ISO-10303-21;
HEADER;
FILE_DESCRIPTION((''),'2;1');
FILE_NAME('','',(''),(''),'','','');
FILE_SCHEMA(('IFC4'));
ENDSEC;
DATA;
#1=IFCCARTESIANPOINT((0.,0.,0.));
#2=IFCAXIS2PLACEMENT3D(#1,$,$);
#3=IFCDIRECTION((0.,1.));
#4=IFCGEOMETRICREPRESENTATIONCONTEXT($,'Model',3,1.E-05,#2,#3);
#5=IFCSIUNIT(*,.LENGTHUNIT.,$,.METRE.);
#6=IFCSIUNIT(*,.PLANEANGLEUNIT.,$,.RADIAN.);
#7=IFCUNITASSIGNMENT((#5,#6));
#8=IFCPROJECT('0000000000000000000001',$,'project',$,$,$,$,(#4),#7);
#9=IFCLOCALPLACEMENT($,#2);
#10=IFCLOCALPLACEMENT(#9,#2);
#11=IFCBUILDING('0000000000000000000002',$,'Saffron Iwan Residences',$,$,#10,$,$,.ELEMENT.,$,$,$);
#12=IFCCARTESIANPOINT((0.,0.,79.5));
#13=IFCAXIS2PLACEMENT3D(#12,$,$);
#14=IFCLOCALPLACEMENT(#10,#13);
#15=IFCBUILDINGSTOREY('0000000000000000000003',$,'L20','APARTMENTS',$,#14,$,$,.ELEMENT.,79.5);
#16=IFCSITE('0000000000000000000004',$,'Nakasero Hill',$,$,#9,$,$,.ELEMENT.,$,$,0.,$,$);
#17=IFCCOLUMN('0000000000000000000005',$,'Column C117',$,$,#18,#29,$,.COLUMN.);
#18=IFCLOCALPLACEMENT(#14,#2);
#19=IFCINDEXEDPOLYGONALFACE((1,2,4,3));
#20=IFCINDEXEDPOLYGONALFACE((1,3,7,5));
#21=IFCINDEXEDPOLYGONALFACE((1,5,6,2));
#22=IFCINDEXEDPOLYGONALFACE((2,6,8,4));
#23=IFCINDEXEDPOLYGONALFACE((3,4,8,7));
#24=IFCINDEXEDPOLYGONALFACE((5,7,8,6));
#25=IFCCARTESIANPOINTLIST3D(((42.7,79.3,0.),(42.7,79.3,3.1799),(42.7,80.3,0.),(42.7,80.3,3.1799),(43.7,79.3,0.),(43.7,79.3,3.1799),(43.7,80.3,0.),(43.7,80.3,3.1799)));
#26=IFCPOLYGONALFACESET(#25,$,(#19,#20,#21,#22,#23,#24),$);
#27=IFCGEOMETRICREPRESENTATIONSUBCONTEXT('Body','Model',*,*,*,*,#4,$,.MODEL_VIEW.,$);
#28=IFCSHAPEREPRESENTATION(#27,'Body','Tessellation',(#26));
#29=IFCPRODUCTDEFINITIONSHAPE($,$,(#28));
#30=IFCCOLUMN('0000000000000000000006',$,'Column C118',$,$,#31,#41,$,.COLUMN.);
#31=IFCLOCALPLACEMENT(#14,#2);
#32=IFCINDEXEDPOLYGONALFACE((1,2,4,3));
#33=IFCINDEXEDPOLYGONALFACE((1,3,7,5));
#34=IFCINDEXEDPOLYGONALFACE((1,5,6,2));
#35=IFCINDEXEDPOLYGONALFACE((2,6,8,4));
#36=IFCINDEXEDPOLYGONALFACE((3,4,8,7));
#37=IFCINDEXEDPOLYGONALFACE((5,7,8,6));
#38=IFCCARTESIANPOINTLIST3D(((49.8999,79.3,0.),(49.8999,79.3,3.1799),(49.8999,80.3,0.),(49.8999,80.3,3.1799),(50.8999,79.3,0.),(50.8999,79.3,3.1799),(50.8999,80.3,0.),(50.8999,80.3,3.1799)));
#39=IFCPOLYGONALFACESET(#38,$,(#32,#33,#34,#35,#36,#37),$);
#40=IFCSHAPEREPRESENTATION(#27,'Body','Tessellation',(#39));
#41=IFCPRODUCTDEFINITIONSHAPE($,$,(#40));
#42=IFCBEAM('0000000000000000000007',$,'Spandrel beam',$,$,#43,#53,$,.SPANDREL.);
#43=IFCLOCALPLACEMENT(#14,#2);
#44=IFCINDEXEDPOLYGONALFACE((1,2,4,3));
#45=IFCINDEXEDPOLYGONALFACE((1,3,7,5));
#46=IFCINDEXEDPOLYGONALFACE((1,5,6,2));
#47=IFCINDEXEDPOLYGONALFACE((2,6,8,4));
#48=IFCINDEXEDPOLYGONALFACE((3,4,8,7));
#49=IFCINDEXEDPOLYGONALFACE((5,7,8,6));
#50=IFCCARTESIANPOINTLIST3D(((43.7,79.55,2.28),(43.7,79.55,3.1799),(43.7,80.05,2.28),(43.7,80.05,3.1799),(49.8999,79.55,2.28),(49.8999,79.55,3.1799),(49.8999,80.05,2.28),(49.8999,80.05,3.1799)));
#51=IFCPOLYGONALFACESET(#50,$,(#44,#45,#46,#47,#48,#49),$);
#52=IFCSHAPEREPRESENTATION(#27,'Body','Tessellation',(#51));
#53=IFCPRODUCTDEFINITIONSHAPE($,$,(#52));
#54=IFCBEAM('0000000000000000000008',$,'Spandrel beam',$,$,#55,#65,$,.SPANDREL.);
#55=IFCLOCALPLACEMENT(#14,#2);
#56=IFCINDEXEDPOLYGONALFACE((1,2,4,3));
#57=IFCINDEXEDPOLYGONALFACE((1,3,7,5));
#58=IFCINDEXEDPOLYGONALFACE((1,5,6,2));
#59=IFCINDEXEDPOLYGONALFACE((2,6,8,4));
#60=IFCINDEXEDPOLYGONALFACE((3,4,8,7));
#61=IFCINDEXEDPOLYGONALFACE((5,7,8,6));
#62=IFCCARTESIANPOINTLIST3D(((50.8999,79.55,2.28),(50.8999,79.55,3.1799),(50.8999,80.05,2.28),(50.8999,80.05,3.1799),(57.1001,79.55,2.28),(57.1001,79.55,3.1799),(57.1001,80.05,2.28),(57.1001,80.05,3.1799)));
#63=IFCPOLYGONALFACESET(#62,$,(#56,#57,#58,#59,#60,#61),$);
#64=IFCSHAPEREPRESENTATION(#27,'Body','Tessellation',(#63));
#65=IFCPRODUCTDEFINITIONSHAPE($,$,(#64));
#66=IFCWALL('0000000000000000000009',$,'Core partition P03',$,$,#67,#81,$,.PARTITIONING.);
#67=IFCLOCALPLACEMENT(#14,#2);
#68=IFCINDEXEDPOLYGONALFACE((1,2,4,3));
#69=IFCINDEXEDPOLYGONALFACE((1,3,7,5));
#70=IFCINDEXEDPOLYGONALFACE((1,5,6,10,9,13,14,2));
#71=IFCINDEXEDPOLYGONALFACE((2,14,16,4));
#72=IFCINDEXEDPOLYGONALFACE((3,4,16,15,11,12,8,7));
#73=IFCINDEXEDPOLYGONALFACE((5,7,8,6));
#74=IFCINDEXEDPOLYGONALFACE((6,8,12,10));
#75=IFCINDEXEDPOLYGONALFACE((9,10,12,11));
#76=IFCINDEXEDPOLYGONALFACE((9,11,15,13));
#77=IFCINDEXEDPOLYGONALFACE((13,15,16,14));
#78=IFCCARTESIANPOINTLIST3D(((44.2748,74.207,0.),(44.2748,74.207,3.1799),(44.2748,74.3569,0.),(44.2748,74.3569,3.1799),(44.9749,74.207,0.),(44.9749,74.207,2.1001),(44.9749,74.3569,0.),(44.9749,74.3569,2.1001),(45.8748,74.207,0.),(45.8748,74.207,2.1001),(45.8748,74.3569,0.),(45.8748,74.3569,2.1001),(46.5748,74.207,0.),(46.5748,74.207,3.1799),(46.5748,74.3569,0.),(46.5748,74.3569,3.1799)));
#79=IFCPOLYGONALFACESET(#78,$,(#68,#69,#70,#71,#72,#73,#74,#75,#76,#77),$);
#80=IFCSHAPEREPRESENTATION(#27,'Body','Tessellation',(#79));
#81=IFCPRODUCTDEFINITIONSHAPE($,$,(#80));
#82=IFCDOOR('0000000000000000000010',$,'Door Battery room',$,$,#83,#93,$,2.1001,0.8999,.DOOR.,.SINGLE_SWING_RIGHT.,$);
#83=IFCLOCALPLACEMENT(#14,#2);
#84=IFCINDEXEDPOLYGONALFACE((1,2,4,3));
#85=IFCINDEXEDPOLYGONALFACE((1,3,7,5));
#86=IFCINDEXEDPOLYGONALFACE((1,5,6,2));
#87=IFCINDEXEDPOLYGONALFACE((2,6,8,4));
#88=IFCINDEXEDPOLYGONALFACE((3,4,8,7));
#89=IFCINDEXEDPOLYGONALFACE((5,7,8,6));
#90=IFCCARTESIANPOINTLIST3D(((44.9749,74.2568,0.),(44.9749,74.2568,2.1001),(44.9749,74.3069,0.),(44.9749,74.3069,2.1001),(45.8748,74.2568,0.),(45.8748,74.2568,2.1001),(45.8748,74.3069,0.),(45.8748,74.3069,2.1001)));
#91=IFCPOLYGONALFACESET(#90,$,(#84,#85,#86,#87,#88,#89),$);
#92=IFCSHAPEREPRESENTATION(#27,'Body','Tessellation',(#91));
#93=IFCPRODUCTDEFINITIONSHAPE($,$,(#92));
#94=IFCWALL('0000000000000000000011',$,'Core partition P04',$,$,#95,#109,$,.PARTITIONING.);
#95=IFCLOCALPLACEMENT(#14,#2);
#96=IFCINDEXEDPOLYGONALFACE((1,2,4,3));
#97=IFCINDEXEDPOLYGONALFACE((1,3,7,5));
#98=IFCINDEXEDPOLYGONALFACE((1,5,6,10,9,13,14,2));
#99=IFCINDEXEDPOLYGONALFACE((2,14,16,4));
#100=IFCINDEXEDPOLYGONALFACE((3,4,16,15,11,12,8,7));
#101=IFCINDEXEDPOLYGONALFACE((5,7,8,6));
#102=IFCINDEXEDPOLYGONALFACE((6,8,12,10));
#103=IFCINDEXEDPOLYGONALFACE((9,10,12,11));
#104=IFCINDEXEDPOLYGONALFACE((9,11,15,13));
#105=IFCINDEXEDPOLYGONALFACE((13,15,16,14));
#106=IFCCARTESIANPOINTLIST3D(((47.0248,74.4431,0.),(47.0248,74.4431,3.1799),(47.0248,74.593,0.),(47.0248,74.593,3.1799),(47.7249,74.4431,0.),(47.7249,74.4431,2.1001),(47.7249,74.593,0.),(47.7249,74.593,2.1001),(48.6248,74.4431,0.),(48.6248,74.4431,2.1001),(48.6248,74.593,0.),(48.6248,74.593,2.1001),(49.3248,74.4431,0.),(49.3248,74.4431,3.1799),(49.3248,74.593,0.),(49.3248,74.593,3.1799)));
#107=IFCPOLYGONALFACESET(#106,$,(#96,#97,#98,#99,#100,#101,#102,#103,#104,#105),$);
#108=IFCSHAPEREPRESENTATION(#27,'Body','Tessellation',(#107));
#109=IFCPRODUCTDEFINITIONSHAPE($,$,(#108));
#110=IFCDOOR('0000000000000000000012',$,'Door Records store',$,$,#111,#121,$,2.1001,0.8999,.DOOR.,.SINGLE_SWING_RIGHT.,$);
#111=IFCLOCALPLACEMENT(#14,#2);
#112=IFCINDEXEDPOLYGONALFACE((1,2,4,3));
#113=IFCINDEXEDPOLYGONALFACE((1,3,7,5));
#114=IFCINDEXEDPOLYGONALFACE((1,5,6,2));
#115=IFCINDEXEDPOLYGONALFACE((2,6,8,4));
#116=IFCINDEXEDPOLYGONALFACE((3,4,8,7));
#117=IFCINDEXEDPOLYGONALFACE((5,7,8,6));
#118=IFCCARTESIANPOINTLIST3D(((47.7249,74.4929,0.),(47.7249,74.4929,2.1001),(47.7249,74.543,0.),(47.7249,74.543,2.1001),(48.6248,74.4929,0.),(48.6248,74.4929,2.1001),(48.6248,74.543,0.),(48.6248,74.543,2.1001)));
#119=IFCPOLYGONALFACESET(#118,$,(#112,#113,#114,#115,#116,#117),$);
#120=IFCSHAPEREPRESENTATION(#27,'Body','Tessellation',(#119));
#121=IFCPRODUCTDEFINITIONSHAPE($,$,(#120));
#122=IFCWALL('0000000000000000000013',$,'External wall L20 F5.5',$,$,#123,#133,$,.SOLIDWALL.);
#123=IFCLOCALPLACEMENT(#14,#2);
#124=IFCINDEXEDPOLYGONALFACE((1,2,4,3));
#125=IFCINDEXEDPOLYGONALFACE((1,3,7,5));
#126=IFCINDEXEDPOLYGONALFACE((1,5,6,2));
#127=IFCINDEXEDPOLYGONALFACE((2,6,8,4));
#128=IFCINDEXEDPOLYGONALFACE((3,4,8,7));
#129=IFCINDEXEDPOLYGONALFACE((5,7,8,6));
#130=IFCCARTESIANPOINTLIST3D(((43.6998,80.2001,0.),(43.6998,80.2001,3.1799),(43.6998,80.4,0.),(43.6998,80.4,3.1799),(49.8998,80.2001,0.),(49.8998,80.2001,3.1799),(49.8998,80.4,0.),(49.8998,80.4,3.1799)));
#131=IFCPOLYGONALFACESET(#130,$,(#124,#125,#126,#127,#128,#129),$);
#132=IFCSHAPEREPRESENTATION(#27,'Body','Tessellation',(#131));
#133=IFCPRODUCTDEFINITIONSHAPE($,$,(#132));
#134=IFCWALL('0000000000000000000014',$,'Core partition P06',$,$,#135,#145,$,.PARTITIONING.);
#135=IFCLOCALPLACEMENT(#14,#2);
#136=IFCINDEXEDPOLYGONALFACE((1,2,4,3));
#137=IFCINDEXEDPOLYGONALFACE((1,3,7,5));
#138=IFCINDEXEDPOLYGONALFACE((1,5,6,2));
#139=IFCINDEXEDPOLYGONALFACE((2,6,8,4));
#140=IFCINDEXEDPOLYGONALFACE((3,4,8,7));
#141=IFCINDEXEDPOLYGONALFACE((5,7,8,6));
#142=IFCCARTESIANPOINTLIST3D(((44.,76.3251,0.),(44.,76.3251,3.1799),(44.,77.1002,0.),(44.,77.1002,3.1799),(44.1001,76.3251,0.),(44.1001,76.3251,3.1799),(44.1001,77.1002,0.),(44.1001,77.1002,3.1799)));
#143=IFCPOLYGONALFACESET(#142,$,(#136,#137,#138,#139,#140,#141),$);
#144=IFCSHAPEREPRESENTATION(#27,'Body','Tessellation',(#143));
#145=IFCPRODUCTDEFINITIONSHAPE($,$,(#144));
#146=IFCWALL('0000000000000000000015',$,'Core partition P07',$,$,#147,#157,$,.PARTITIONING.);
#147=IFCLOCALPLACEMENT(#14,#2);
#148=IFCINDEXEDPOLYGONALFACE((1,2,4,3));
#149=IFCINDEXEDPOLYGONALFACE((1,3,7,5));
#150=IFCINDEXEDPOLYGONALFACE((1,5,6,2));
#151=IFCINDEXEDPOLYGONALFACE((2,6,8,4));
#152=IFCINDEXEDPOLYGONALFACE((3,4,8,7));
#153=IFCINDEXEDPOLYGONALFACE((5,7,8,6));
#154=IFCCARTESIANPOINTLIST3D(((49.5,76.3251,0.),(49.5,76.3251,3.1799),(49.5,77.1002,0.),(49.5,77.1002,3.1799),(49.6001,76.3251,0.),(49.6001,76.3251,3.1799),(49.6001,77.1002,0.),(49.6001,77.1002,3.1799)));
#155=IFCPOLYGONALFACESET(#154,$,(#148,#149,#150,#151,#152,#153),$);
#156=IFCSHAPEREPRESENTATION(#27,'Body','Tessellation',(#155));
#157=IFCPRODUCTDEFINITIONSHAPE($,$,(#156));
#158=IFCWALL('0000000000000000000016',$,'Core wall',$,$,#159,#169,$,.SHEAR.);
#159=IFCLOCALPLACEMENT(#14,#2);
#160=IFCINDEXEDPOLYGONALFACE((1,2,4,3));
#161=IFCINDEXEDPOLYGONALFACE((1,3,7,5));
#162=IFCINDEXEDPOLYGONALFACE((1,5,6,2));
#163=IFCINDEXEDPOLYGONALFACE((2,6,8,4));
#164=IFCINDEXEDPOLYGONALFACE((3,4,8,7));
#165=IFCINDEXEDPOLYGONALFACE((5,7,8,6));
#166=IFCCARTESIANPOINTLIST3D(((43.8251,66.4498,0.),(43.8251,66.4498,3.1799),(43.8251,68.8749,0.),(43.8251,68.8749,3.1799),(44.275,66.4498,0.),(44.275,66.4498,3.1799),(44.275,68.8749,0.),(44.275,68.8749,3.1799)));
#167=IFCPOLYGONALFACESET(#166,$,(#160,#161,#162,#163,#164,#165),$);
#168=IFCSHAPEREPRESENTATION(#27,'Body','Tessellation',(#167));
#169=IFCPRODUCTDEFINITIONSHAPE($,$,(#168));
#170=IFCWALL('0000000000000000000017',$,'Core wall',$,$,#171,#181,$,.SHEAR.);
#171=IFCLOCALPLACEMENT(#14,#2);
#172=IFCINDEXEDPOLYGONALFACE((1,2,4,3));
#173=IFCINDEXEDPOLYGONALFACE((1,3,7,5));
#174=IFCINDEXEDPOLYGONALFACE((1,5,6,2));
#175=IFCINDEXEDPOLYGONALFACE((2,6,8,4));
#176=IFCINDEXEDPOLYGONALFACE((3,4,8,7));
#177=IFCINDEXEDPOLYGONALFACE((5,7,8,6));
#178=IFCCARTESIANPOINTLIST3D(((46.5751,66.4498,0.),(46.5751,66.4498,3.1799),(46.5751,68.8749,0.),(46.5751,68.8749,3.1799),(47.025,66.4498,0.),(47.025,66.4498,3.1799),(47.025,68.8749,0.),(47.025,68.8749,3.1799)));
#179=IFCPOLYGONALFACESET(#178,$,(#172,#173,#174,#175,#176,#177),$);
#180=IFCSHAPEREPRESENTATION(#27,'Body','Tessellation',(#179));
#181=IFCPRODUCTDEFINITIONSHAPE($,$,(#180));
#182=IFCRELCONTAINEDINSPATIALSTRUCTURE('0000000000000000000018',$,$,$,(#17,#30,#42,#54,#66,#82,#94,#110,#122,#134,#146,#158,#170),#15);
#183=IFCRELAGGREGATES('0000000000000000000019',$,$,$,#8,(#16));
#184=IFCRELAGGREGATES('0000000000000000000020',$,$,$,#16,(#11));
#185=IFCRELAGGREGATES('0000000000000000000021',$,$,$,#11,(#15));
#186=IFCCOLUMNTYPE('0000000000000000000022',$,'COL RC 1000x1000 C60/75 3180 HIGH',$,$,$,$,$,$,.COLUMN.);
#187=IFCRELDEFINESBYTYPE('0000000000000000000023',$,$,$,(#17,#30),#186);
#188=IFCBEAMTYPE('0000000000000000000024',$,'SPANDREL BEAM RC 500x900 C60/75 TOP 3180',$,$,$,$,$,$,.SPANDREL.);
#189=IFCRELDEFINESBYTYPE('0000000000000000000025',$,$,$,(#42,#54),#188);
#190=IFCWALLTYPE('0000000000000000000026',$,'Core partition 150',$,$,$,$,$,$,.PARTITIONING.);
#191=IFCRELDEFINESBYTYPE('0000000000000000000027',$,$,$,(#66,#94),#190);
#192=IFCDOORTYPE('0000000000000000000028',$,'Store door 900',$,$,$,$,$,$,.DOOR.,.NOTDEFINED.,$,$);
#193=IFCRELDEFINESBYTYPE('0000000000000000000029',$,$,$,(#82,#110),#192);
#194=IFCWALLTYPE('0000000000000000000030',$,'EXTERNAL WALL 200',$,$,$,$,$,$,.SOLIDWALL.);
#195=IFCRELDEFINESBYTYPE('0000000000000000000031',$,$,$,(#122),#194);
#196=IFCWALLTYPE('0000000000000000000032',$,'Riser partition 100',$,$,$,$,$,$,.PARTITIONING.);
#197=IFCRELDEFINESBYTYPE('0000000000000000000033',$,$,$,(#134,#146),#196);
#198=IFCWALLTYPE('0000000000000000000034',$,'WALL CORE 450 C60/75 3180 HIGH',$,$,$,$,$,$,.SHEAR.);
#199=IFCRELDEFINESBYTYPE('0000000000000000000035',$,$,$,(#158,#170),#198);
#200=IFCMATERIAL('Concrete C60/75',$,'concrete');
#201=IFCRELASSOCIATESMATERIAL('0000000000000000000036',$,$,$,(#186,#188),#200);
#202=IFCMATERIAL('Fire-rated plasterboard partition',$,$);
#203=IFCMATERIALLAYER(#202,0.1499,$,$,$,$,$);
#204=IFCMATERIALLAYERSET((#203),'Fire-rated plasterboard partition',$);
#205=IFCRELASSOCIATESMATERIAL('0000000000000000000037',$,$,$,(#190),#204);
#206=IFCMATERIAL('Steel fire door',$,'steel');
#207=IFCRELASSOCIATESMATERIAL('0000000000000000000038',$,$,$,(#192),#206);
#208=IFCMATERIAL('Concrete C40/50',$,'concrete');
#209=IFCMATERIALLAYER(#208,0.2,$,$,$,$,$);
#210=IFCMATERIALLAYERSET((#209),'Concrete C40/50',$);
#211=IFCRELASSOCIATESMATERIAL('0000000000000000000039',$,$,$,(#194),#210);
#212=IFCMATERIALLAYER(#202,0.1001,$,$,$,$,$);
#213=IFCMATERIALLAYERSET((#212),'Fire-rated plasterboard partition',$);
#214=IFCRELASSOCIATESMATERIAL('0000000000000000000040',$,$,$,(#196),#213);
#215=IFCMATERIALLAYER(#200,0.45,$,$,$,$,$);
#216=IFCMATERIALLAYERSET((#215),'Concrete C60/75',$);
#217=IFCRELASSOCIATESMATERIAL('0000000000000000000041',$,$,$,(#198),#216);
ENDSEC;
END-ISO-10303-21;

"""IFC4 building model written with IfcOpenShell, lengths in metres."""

from ifc_helpers import new_model, si_unit, direction, frame, frame_2d, origin, origin_2d, place, context, subcontext, project, spatial, rectangle, extrude, source, transform, mapped, material, layer, layer_set, material_profile, profile_set, type_object, element, fill, save


model = new_model("IFC4")

# Units and contexts
model_context = context("Model", 3, precision=1e-05, world=origin(), true_north=direction((0.0, 1.0)))
body_context = subcontext(model_context, "Body", "Model", "MODEL_VIEW")
ifc_project = project(units=[si_unit("LENGTHUNIT", "METRE"), si_unit("PLANEANGLEUNIT", "RADIAN")], contexts=[model_context])

# Site, building, storey
site_placement = place(None, origin())
site = spatial("IfcSite", under=ifc_project, at=site_placement, Name="Nakasero Hill", CompositionType="ELEMENT", RefElevation=0.0)
building_placement = place(site_placement, origin())
building = spatial("IfcBuilding", under=site, at=building_placement, Name="Saffron Iwan Residences", CompositionType="ELEMENT")
storey_placement = place(building_placement, frame((0.0, 0.0, 79.5)))
storey = spatial("IfcBuildingStorey", under=building, at=storey_placement, Name="L20", Description="APARTMENTS", CompositionType="ELEMENT", Elevation=79.5)

# Columns
ifc_material_1 = material(Name="Concrete C60/75", Category="concrete")
ifc_material_profile_1 = material_profile(ifc_material_1, rectangle(XDim=1.0, YDim=1.0, at=origin_2d()), Name="RC 1000x1000")
ifc_profile_set_1 = profile_set([ifc_material_profile_1], Name="Concrete C60/75")
column_type = type_object("IfcColumnType", Name="COL RC 1000x1000 C60/75 3180 HIGH", PredefinedType="COLUMN", material=ifc_profile_set_1)
shared_shape_1 = source(origin(), body_context, "Body", "SweptSolid", [
    extrude(rectangle(XDim=1.0, YDim=1.0, at=origin_2d()), origin(), (0.0, 0.0, 1.0), 3.1799),
])
for number, where, z_axis, x_axis, name in (
    (1, (43.2, 79.8, 0.0), (0.0, 0.0, 1.0), (1.0, 0.0, 0.0), "Column C117"),
    (2, (50.3999, 79.8, 0.0), (0.0, 0.0, 1.0), (1.0, 0.0, 0.0), "Column C118"),
):
    element("IfcColumn", number, at=place(storey_placement, frame(where, z_axis=z_axis, x_axis=x_axis)), inside=storey, type_object=column_type, Name=name, PredefinedType="COLUMN", context=body_context, shape_type="MappedRepresentation", body=[
        mapped(shared_shape_1, transform((0.0, 0.0, 0.0))),
    ])

# Beams
ifc_material_profile_2 = material_profile(ifc_material_1, rectangle(XDim=0.5, YDim=0.8999, at=origin_2d()), Name="RC 500x900")
ifc_profile_set_2 = profile_set([ifc_material_profile_2], Name="Concrete C60/75")
beam_type = type_object("IfcBeamType", Name="SPANDREL BEAM RC 500x900 C60/75 TOP 3180", PredefinedType="SPANDREL", material=ifc_profile_set_2)
shared_shape_2 = source(origin(), body_context, "Body", "SweptSolid", [
    extrude(rectangle(XDim=0.5, YDim=0.8999, at=origin_2d()), origin(), (0.0, 0.0, 1.0), 6.2),
])
beam_1_placement = place(storey_placement, frame((43.7, 79.8, 2.73), z_axis=(1.0, 0.0, 0.0), x_axis=(0.0, 1.0, 0.0)))
element("IfcBeam", 3, at=beam_1_placement, inside=storey, type_object=beam_type, Name="Spandrel beam", PredefinedType="SPANDREL", context=body_context, shape_type="MappedRepresentation", body=[
    mapped(shared_shape_2, transform((0.0, 0.0, 0.0))),
])
shared_shape_3 = source(origin(), body_context, "Body", "SweptSolid", [
    extrude(rectangle(XDim=0.5, YDim=0.8999, at=origin_2d()), origin(), (0.0, 0.0, 1.0), 6.2002),
])
beam_2_placement = place(storey_placement, frame((50.8999, 79.8, 2.73), z_axis=(1.0, 0.0, 0.0), x_axis=(0.0, 1.0, 0.0)))
element("IfcBeam", 4, at=beam_2_placement, inside=storey, type_object=beam_type, Name="Spandrel beam", PredefinedType="SPANDREL", context=body_context, shape_type="MappedRepresentation", body=[
    mapped(shared_shape_3, transform((0.0, 0.0, 0.0))),
])

# Walls, openings, doors
ifc_material_2 = material(Name="Fire-rated plasterboard partition")
ifc_layer_1 = layer(ifc_material_2, 0.1499)
ifc_layer_set_1 = layer_set([ifc_layer_1], Name="Fire-rated plasterboard partition")
wall_type_1 = type_object("IfcWallType", Name="Core partition 150", PredefinedType="PARTITIONING", material=ifc_layer_set_1)
wall_1_placement = place(storey_placement, frame((44.2749, 74.282, 0.0), z_axis=(0.0, 0.0, 1.0), x_axis=(1.0, 0.0, 0.0)))
wall_1 = element("IfcWall", 5, at=wall_1_placement, inside=storey, type_object=wall_type_1, Name="Core partition P03", PredefinedType="PARTITIONING", context=body_context, shape_type="SweptSolid", body=[
    extrude(rectangle(XDim=2.3, YDim=0.1499, at=frame_2d((1.1499, 0.0))), origin(), (0.0, 0.0, 1.0), 3.1799),
])
opening_1_placement = place(wall_1_placement, frame((0.7, 0.0, 0.0)))
opening_1 = element("IfcOpeningElement", 6, at=opening_1_placement, cuts=wall_1, PredefinedType="OPENING", context=body_context, shape_type="SweptSolid", body=[
    extrude(rectangle(XDim=0.8999, YDim=2.1001, at=frame_2d((0.45, 1.05))), frame((0.0, 0.085, 0.0), z_axis=(0.0, -1.0, 0.0), x_axis=(1.0, 0.0, 0.0)), (0.0, 0.0, 1.0), 0.1699),
])
ifc_material_3 = material(Name="Steel fire door", Category="steel")
door_type = type_object("IfcDoorType", Name="Store door 900", OperationType="NOTDEFINED", PredefinedType="DOOR", material=ifc_material_3)
door_1_placement = place(opening_1_placement, origin())
door_1 = element("IfcDoor", 7, at=door_1_placement, inside=storey, type_object=door_type, Name="Door Battery room", OperationType="SINGLE_SWING_RIGHT", OverallHeight=2.1001, OverallWidth=0.8999, PredefinedType="DOOR", context=body_context, shape_type="SweptSolid", body=[
    extrude(rectangle(XDim=0.8999, YDim=2.1001, at=frame_2d((0.45, 1.05))), frame((0.0, 0.0249, 0.0), z_axis=(0.0, -1.0, 0.0), x_axis=(1.0, 0.0, 0.0)), (0.0, 0.0, 1.0), 0.05),
])
fill(opening_1, door_1)
wall_2_placement = place(storey_placement, frame((47.0249, 74.5181, 0.0), z_axis=(0.0, 0.0, 1.0), x_axis=(1.0, 0.0, 0.0)))
wall_2 = element("IfcWall", 8, at=wall_2_placement, inside=storey, type_object=wall_type_1, Name="Core partition P04", PredefinedType="PARTITIONING", context=body_context, shape_type="SweptSolid", body=[
    extrude(rectangle(XDim=2.3, YDim=0.1499, at=frame_2d((1.1499, 0.0))), origin(), (0.0, 0.0, 1.0), 3.1799),
])
opening_2_placement = place(wall_2_placement, frame((0.7, 0.0, 0.0)))
opening_2 = element("IfcOpeningElement", 9, at=opening_2_placement, cuts=wall_2, PredefinedType="OPENING", context=body_context, shape_type="SweptSolid", body=[
    extrude(rectangle(XDim=0.8999, YDim=2.1001, at=frame_2d((0.45, 1.05))), frame((0.0, 0.085, 0.0), z_axis=(0.0, -1.0, 0.0), x_axis=(1.0, 0.0, 0.0)), (0.0, 0.0, 1.0), 0.1699),
])
door_2_placement = place(opening_2_placement, origin())
door_2 = element("IfcDoor", 10, at=door_2_placement, inside=storey, type_object=door_type, Name="Door Records store", OperationType="SINGLE_SWING_RIGHT", OverallHeight=2.1001, OverallWidth=0.8999, PredefinedType="DOOR", context=body_context, shape_type="SweptSolid", body=[
    extrude(rectangle(XDim=0.8999, YDim=2.1001, at=frame_2d((0.45, 1.05))), frame((0.0, 0.0249, 0.0), z_axis=(0.0, -1.0, 0.0), x_axis=(1.0, 0.0, 0.0)), (0.0, 0.0, 1.0), 0.05),
])
fill(opening_2, door_2)

# Walls
ifc_material_4 = material(Name="Concrete C40/50", Category="concrete")
ifc_layer_2 = layer(ifc_material_4, 0.2)
ifc_layer_set_2 = layer_set([ifc_layer_2], Name="Concrete C40/50")
wall_type_2 = type_object("IfcWallType", Name="EXTERNAL WALL 200", PredefinedType="SOLIDWALL", material=ifc_layer_set_2)
wall_3_placement = place(storey_placement, frame((49.8999, 80.3, 0.0), z_axis=(0.0, 0.0, 1.0), x_axis=(-1.0, 0.0, 0.0)))
element("IfcWall", 11, at=wall_3_placement, inside=storey, type_object=wall_type_2, Name="External wall L20 F5.5", PredefinedType="SOLIDWALL", context=body_context, shape_type="SweptSolid", body=[
    extrude(rectangle(XDim=6.2, YDim=0.2, at=frame_2d((3.1001, 0.0))), origin(), (0.0, 0.0, 1.0), 3.1799),
])
ifc_layer_3 = layer(ifc_material_2, 0.1001)
ifc_layer_set_3 = layer_set([ifc_layer_3], Name="Fire-rated plasterboard partition")
wall_type_3 = type_object("IfcWallType", Name="Riser partition 100", PredefinedType="PARTITIONING", material=ifc_layer_set_3)
for number, where, z_axis, x_axis, name in (
    (12, (44.05, 76.325, 0.0), (0.0, 0.0, 1.0), (0.0, 1.0, 0.0), "Core partition P06"),
    (13, (49.55, 76.325, 0.0), (0.0, 0.0, 1.0), (0.0, 1.0, 0.0), "Core partition P07"),
):
    element("IfcWall", number, at=place(storey_placement, frame(where, z_axis=z_axis, x_axis=x_axis)), inside=storey, type_object=wall_type_3, Name=name, PredefinedType="PARTITIONING", context=body_context, shape_type="SweptSolid", body=[
        extrude(rectangle(XDim=0.7751, YDim=0.1001, at=frame_2d((0.3877, 0.0))), origin(), (0.0, 0.0, 1.0), 3.1799),
    ])
ifc_layer_4 = layer(ifc_material_1, 0.45)
ifc_layer_set_4 = layer_set([ifc_layer_4], Name="Concrete C60/75")
wall_type_4 = type_object("IfcWallType", Name="WALL CORE 450 C60/75 3180 HIGH", PredefinedType="SHEAR", material=ifc_layer_set_4)
for number, where, z_axis, x_axis, name in (
    (14, (44.05, 66.45, 0.0), (0.0, 0.0, 1.0), (0.0, 1.0, 0.0), "Core wall"),
    (15, (46.8, 66.45, 0.0), (0.0, 0.0, 1.0), (0.0, 1.0, 0.0), "Core wall"),
):
    element("IfcWall", number, at=place(storey_placement, frame(where, z_axis=z_axis, x_axis=x_axis)), inside=storey, type_object=wall_type_4, Name=name, PredefinedType="SHEAR", context=body_context, shape_type="SweptSolid", body=[
        extrude(rectangle(XDim=2.425, YDim=0.45, at=frame_2d((1.2124, 0.0))), origin(), (0.0, 0.0, 1.0), 3.1799),
    ])

save(model, "model.ifc")
